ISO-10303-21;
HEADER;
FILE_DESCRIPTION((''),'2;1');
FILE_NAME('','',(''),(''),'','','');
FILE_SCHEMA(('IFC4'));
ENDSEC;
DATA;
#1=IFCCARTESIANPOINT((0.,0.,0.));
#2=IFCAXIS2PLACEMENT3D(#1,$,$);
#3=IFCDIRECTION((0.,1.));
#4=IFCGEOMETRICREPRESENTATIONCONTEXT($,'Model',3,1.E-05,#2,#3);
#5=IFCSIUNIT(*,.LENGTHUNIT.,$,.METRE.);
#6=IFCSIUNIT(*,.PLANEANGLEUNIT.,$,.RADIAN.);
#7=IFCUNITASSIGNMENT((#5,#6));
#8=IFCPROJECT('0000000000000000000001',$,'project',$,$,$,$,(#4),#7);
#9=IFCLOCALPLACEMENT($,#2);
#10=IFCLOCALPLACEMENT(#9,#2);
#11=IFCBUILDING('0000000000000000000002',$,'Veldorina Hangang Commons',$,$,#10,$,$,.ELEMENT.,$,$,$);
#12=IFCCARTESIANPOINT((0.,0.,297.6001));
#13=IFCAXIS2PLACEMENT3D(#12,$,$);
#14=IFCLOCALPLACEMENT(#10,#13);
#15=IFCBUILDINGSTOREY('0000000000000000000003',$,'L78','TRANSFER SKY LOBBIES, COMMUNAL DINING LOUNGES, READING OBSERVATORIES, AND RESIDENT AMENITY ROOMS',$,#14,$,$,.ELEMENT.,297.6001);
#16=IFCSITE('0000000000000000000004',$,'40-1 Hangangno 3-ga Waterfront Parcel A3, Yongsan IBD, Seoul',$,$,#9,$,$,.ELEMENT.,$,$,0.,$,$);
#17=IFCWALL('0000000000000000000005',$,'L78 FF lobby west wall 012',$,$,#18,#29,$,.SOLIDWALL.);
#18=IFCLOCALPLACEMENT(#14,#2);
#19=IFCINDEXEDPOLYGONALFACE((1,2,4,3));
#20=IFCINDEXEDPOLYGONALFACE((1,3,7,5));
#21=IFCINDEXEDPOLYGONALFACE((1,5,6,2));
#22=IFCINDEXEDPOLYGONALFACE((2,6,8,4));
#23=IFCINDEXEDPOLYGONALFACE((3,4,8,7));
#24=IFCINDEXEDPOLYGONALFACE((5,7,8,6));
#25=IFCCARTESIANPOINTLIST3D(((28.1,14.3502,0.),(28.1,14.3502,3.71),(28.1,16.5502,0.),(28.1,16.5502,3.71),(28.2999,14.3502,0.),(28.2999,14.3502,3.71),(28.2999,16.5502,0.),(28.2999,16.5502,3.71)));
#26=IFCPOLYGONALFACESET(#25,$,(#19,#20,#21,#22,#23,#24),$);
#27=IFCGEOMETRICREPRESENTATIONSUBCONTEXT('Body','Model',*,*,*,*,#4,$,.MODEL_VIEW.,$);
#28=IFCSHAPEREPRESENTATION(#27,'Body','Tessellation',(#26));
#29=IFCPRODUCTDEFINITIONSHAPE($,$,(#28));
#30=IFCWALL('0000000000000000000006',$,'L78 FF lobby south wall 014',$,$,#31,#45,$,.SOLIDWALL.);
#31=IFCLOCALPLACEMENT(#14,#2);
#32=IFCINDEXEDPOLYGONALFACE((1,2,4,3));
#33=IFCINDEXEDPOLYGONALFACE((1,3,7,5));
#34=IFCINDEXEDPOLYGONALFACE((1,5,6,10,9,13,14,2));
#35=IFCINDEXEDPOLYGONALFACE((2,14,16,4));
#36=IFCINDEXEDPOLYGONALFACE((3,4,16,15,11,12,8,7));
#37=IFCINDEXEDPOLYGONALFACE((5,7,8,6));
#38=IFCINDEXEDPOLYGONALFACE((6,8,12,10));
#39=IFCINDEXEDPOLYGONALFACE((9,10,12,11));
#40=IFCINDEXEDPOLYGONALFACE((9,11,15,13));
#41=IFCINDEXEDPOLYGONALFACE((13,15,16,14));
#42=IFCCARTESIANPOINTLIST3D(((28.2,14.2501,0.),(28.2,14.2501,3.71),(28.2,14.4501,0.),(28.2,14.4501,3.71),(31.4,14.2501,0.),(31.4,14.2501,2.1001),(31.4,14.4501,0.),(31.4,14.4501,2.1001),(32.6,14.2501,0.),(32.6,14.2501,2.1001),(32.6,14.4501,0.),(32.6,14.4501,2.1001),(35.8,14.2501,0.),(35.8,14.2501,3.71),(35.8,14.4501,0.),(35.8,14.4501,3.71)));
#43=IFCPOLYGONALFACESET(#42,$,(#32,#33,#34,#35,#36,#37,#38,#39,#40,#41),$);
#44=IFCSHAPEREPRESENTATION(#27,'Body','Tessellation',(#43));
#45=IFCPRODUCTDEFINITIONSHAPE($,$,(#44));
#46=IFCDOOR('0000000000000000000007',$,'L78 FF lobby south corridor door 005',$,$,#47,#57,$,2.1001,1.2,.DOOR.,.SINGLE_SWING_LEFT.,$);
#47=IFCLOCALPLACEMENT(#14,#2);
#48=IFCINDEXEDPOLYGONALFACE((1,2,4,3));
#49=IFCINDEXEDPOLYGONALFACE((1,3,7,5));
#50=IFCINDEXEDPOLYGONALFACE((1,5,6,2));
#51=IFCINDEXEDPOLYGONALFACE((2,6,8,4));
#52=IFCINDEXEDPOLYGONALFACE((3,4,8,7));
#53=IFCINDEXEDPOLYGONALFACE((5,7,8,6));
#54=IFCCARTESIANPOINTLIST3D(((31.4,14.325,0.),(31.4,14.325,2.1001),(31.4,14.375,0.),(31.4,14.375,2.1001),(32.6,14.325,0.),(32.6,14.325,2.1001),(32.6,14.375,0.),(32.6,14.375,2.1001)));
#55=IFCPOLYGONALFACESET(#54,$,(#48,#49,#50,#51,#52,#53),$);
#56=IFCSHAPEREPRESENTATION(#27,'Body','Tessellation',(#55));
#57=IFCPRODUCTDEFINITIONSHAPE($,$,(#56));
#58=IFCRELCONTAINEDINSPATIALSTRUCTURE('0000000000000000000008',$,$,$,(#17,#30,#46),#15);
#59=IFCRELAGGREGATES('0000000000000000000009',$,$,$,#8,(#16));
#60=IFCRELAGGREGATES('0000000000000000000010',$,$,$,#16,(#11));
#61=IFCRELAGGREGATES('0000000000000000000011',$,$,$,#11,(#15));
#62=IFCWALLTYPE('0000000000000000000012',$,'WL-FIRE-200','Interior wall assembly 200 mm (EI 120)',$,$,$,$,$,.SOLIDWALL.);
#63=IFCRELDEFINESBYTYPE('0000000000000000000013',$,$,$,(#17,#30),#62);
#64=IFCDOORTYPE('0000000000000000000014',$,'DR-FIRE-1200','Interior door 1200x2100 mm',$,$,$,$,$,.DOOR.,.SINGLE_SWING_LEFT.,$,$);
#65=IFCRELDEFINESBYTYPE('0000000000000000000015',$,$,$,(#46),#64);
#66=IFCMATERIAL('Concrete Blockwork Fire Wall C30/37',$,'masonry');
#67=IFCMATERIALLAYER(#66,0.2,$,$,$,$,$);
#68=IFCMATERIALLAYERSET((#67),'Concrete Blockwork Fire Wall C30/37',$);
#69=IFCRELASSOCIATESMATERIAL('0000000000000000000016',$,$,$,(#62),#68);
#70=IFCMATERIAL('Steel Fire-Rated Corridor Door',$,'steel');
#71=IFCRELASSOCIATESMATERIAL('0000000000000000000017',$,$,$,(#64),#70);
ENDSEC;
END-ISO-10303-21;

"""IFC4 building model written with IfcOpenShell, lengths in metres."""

from ifc_helpers import new_model, si_unit, direction, frame, frame_2d, origin, place, context, subcontext, project, spatial, rectangle, extrude, material, layer, layer_set, type_object, element, fill, save


model = new_model("IFC4")

# Units and contexts
model_context = context("Model", 3, precision=1e-05, world=origin(), true_north=direction((0.0, 1.0)))
body_context = subcontext(model_context, "Body", "Model", "MODEL_VIEW")
ifc_project = project(units=[si_unit("LENGTHUNIT", "METRE"), si_unit("PLANEANGLEUNIT", "RADIAN")], contexts=[model_context])

# Site, building, storey
site_placement = place(None, origin())
site = spatial("IfcSite", under=ifc_project, at=site_placement, Name="40-1 Hangangno 3-ga Waterfront Parcel A3, Yongsan IBD, Seoul", CompositionType="ELEMENT", RefElevation=0.0)
building_placement = place(site_placement, origin())
building = spatial("IfcBuilding", under=site, at=building_placement, Name="Veldorina Hangang Commons", CompositionType="ELEMENT")
storey_placement = place(building_placement, frame((0.0, 0.0, 297.6001)))
storey = spatial("IfcBuildingStorey", under=building, at=storey_placement, Name="L78", Description="TRANSFER SKY LOBBIES, COMMUNAL DINING LOUNGES, READING OBSERVATORIES, AND RESIDENT AMENITY ROOMS", CompositionType="ELEMENT", Elevation=297.6001)

# Wall
ifc_material_1 = material(Name="Concrete Blockwork Fire Wall C30/37", Category="masonry")
ifc_layer_1 = layer(ifc_material_1, 0.2)
ifc_layer_set_1 = layer_set([ifc_layer_1], Name="Concrete Blockwork Fire Wall C30/37")
wall_type_1 = type_object("IfcWallType", Name="WL-FIRE-200", Description="Interior wall assembly 200 mm (EI 120)", PredefinedType="SOLIDWALL", material=ifc_layer_set_1)
wall_1_placement = place(storey_placement, frame((28.2, 14.3501, 0.0), z_axis=(0.0, 0.0, 1.0), x_axis=(0.0, 1.0, 0.0)))
element("IfcWall", 1, at=wall_1_placement, inside=storey, type_object=wall_type_1, Name="L78 FF lobby west wall 012", PredefinedType="SOLIDWALL", context=body_context, shape_type="SweptSolid", body=[
    extrude(rectangle(XDim=2.2, YDim=0.2, at=frame_2d((1.1001, 0.0))), origin(), (0.0, 0.0, 1.0), 3.71),
])

# Wall, opening, door
wall_2_placement = place(storey_placement, frame((28.2, 14.3501, 0.0), z_axis=(0.0, 0.0, 1.0), x_axis=(1.0, 0.0, 0.0)))
wall_2 = element("IfcWall", 2, at=wall_2_placement, inside=storey, type_object=wall_type_1, Name="L78 FF lobby south wall 014", PredefinedType="SOLIDWALL", context=body_context, shape_type="SweptSolid", body=[
    extrude(rectangle(XDim=7.6001, YDim=0.2, at=frame_2d((3.8, 0.0))), origin(), (0.0, 0.0, 1.0), 3.71),
])
opening_1_placement = place(wall_2_placement, frame((3.2, 0.0, 0.0)))
opening_1 = element("IfcOpeningElement", 3, at=opening_1_placement, cuts=wall_2, PredefinedType="OPENING", context=body_context, shape_type="SweptSolid", body=[
    extrude(rectangle(XDim=1.2, YDim=2.1001, at=frame_2d((0.6001, 1.05))), frame((0.0, 0.1099, 0.0), z_axis=(0.0, -1.0, 0.0), x_axis=(1.0, 0.0, 0.0)), (0.0, 0.0, 1.0), 0.22),
])
ifc_material_2 = material(Name="Steel Fire-Rated Corridor Door", Category="steel")
door_type_1 = type_object("IfcDoorType", Name="DR-FIRE-1200", Description="Interior door 1200x2100 mm", OperationType="SINGLE_SWING_LEFT", PredefinedType="DOOR", material=ifc_material_2)
door_1_placement = place(opening_1_placement, origin())
door_1 = element("IfcDoor", 4, at=door_1_placement, inside=storey, type_object=door_type_1, Name="L78 FF lobby south corridor door 005", OperationType="SINGLE_SWING_LEFT", OverallHeight=2.1001, OverallWidth=1.2, PredefinedType="DOOR", context=body_context, shape_type="SweptSolid", body=[
    extrude(rectangle(XDim=1.2, YDim=2.1001, at=frame_2d((0.6001, 1.05))), frame((0.0, 0.0249, 0.0), z_axis=(0.0, -1.0, 0.0), x_axis=(1.0, 0.0, 0.0)), (0.0, 0.0, 1.0), 0.05),
])
fill(opening_1, door_1)

save(model, "model.ifc")
